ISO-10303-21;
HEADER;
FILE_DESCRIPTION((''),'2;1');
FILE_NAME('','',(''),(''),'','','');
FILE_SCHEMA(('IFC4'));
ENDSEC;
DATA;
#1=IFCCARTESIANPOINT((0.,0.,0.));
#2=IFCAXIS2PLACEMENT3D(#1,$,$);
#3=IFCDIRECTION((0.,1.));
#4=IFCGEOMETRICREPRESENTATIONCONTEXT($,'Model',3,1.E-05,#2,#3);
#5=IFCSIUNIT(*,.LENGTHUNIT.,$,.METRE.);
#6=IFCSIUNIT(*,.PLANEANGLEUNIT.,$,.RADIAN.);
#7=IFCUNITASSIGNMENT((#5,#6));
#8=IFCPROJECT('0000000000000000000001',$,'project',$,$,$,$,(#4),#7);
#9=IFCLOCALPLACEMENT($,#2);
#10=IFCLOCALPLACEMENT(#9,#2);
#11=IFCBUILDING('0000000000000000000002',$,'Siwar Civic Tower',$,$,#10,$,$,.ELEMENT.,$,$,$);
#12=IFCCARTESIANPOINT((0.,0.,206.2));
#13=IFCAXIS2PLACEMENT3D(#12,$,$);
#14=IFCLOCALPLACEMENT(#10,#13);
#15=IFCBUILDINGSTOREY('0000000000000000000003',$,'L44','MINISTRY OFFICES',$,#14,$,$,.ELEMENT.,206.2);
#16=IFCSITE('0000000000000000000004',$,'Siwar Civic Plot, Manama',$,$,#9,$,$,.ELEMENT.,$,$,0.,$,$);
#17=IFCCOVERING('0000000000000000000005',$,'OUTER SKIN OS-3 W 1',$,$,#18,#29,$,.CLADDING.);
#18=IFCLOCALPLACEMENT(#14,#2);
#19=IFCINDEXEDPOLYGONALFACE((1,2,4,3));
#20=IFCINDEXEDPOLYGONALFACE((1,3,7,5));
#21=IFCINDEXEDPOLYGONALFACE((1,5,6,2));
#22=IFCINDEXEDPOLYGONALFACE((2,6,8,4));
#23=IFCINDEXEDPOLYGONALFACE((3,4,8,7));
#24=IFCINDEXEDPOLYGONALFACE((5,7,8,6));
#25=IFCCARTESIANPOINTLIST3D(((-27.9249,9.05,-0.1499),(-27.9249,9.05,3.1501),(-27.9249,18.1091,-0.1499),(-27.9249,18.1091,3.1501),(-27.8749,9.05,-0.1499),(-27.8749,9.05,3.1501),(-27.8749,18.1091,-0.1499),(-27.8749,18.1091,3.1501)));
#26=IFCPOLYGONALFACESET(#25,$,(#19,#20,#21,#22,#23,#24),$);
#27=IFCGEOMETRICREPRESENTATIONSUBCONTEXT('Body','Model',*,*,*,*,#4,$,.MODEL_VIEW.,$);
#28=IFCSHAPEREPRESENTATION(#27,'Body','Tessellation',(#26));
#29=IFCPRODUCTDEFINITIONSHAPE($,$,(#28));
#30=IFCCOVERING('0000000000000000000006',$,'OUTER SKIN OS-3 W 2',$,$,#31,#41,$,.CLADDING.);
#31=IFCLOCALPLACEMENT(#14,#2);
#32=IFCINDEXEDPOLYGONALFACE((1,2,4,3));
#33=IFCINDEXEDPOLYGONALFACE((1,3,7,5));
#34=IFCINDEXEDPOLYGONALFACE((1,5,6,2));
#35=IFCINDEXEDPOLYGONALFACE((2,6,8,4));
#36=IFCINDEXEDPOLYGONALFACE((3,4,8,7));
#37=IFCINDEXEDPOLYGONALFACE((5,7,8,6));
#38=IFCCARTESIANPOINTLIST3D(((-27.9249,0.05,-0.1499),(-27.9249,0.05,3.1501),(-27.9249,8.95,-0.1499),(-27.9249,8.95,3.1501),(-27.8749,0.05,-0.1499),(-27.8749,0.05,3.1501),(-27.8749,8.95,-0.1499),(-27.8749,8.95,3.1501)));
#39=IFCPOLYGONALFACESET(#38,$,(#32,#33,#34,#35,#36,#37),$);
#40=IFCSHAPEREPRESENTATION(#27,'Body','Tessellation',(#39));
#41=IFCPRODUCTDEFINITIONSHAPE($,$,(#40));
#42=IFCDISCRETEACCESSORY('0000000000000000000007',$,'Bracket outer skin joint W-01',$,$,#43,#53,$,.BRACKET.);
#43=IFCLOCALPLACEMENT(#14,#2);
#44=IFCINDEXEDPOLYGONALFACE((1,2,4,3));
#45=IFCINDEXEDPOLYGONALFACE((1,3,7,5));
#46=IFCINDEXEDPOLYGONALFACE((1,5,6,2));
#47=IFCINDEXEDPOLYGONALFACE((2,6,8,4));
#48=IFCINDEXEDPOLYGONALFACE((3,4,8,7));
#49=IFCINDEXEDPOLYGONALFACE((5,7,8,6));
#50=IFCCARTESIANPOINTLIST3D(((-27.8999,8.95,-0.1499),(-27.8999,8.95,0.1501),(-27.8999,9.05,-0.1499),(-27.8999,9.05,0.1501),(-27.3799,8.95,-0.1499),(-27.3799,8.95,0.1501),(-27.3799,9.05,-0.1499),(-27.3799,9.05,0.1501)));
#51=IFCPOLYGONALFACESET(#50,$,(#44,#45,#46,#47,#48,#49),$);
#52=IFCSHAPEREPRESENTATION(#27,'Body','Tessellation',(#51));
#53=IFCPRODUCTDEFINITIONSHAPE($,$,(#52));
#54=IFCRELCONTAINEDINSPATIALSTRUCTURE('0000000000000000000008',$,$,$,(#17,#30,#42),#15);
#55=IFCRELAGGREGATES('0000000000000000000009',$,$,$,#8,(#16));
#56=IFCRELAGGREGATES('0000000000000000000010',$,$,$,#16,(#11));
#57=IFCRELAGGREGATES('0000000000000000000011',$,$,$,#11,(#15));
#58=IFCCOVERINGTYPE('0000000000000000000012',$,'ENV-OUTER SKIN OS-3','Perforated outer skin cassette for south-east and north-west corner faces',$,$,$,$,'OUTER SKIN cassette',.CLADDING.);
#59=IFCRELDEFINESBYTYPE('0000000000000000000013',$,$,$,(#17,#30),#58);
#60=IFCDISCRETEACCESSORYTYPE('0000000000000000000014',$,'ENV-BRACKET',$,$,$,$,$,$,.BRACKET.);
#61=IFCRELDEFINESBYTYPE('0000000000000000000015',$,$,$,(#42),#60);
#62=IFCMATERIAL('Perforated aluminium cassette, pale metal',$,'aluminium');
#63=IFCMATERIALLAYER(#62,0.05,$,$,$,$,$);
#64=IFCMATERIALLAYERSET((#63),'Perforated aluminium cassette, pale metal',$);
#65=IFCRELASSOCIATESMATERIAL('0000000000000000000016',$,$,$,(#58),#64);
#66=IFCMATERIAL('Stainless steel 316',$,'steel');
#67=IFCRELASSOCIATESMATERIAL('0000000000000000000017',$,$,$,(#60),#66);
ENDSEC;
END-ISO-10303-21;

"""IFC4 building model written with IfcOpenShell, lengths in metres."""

from ifc_helpers import new_model, si_unit, direction, frame, origin, origin_2d, place, context, subcontext, project, spatial, rectangle, extrude, material, layer, layer_set, type_object, element, save


model = new_model("IFC4")

# Units and contexts
model_context = context("Model", 3, precision=1e-05, world=origin(), true_north=direction((0.0, 1.0)))
body_context = subcontext(model_context, "Body", "Model", "MODEL_VIEW")
ifc_project = project(units=[si_unit("LENGTHUNIT", "METRE"), si_unit("PLANEANGLEUNIT", "RADIAN")], contexts=[model_context])

# Site, building, storey
site_placement = place(None, origin())
site = spatial("IfcSite", under=ifc_project, at=site_placement, Name="Siwar Civic Plot, Manama", CompositionType="ELEMENT", RefElevation=0.0)
building_placement = place(site_placement, origin())
building = spatial("IfcBuilding", under=site, at=building_placement, Name="Siwar Civic Tower", CompositionType="ELEMENT")
storey_placement = place(building_placement, frame((0.0, 0.0, 206.2)))
storey = spatial("IfcBuildingStorey", under=building, at=storey_placement, Name="L44", Description="MINISTRY OFFICES", CompositionType="ELEMENT", Elevation=206.2)

# Coverings
ifc_material_1 = material(Name="Perforated aluminium cassette, pale metal", Category="aluminium")
ifc_layer_1 = layer(ifc_material_1, 0.05)
ifc_layer_set_1 = layer_set([ifc_layer_1], Name="Perforated aluminium cassette, pale metal")
covering_type = type_object("IfcCoveringType", Name="ENV-OUTER SKIN OS-3", Description="Perforated outer skin cassette for south-east and north-west corner faces", ElementType="OUTER SKIN cassette", PredefinedType="CLADDING", material=ifc_layer_set_1)
covering_1_placement = place(storey_placement, frame((-27.8999, 13.5796, -0.1499), z_axis=(0.0, 0.0, 1.0), x_axis=(0.0, -1.0, 0.0)))
element("IfcCovering", 1, at=covering_1_placement, inside=storey, type_object=covering_type, Name="OUTER SKIN OS-3 W 1", PredefinedType="CLADDING", context=body_context, shape_type="SweptSolid", body=[
    extrude(rectangle(XDim=9.0591, YDim=0.05, at=origin_2d()), origin(), (0.0, 0.0, 1.0), 3.3),
])
covering_2_placement = place(storey_placement, frame((-27.8999, 4.5, -0.1499), z_axis=(0.0, 0.0, 1.0), x_axis=(0.0, -1.0, 0.0)))
element("IfcCovering", 2, at=covering_2_placement, inside=storey, type_object=covering_type, Name="OUTER SKIN OS-3 W 2", PredefinedType="CLADDING", context=body_context, shape_type="SweptSolid", body=[
    extrude(rectangle(XDim=8.8999, YDim=0.05, at=origin_2d()), origin(), (0.0, 0.0, 1.0), 3.3),
])

# Discrete accessory
ifc_material_2 = material(Name="Stainless steel 316", Category="steel")
discrete_accessory_type = type_object("IfcDiscreteAccessoryType", Name="ENV-BRACKET", PredefinedType="BRACKET", material=ifc_material_2)
discrete_accessory_placement = place(storey_placement, frame((-27.6399, 9.0, -0.1499), z_axis=(0.0, 0.0, 1.0), x_axis=(-1.0, 0.0, 0.0)))
element("IfcDiscreteAccessory", 3, at=discrete_accessory_placement, inside=storey, type_object=discrete_accessory_type, Name="Bracket outer skin joint W-01", PredefinedType="BRACKET", context=body_context, shape_type="SweptSolid", body=[
    extrude(rectangle(XDim=0.52, YDim=0.1001, at=origin_2d()), origin(), (0.0, 0.0, 1.0), 0.3),
])

save(model, "model.ifc")
